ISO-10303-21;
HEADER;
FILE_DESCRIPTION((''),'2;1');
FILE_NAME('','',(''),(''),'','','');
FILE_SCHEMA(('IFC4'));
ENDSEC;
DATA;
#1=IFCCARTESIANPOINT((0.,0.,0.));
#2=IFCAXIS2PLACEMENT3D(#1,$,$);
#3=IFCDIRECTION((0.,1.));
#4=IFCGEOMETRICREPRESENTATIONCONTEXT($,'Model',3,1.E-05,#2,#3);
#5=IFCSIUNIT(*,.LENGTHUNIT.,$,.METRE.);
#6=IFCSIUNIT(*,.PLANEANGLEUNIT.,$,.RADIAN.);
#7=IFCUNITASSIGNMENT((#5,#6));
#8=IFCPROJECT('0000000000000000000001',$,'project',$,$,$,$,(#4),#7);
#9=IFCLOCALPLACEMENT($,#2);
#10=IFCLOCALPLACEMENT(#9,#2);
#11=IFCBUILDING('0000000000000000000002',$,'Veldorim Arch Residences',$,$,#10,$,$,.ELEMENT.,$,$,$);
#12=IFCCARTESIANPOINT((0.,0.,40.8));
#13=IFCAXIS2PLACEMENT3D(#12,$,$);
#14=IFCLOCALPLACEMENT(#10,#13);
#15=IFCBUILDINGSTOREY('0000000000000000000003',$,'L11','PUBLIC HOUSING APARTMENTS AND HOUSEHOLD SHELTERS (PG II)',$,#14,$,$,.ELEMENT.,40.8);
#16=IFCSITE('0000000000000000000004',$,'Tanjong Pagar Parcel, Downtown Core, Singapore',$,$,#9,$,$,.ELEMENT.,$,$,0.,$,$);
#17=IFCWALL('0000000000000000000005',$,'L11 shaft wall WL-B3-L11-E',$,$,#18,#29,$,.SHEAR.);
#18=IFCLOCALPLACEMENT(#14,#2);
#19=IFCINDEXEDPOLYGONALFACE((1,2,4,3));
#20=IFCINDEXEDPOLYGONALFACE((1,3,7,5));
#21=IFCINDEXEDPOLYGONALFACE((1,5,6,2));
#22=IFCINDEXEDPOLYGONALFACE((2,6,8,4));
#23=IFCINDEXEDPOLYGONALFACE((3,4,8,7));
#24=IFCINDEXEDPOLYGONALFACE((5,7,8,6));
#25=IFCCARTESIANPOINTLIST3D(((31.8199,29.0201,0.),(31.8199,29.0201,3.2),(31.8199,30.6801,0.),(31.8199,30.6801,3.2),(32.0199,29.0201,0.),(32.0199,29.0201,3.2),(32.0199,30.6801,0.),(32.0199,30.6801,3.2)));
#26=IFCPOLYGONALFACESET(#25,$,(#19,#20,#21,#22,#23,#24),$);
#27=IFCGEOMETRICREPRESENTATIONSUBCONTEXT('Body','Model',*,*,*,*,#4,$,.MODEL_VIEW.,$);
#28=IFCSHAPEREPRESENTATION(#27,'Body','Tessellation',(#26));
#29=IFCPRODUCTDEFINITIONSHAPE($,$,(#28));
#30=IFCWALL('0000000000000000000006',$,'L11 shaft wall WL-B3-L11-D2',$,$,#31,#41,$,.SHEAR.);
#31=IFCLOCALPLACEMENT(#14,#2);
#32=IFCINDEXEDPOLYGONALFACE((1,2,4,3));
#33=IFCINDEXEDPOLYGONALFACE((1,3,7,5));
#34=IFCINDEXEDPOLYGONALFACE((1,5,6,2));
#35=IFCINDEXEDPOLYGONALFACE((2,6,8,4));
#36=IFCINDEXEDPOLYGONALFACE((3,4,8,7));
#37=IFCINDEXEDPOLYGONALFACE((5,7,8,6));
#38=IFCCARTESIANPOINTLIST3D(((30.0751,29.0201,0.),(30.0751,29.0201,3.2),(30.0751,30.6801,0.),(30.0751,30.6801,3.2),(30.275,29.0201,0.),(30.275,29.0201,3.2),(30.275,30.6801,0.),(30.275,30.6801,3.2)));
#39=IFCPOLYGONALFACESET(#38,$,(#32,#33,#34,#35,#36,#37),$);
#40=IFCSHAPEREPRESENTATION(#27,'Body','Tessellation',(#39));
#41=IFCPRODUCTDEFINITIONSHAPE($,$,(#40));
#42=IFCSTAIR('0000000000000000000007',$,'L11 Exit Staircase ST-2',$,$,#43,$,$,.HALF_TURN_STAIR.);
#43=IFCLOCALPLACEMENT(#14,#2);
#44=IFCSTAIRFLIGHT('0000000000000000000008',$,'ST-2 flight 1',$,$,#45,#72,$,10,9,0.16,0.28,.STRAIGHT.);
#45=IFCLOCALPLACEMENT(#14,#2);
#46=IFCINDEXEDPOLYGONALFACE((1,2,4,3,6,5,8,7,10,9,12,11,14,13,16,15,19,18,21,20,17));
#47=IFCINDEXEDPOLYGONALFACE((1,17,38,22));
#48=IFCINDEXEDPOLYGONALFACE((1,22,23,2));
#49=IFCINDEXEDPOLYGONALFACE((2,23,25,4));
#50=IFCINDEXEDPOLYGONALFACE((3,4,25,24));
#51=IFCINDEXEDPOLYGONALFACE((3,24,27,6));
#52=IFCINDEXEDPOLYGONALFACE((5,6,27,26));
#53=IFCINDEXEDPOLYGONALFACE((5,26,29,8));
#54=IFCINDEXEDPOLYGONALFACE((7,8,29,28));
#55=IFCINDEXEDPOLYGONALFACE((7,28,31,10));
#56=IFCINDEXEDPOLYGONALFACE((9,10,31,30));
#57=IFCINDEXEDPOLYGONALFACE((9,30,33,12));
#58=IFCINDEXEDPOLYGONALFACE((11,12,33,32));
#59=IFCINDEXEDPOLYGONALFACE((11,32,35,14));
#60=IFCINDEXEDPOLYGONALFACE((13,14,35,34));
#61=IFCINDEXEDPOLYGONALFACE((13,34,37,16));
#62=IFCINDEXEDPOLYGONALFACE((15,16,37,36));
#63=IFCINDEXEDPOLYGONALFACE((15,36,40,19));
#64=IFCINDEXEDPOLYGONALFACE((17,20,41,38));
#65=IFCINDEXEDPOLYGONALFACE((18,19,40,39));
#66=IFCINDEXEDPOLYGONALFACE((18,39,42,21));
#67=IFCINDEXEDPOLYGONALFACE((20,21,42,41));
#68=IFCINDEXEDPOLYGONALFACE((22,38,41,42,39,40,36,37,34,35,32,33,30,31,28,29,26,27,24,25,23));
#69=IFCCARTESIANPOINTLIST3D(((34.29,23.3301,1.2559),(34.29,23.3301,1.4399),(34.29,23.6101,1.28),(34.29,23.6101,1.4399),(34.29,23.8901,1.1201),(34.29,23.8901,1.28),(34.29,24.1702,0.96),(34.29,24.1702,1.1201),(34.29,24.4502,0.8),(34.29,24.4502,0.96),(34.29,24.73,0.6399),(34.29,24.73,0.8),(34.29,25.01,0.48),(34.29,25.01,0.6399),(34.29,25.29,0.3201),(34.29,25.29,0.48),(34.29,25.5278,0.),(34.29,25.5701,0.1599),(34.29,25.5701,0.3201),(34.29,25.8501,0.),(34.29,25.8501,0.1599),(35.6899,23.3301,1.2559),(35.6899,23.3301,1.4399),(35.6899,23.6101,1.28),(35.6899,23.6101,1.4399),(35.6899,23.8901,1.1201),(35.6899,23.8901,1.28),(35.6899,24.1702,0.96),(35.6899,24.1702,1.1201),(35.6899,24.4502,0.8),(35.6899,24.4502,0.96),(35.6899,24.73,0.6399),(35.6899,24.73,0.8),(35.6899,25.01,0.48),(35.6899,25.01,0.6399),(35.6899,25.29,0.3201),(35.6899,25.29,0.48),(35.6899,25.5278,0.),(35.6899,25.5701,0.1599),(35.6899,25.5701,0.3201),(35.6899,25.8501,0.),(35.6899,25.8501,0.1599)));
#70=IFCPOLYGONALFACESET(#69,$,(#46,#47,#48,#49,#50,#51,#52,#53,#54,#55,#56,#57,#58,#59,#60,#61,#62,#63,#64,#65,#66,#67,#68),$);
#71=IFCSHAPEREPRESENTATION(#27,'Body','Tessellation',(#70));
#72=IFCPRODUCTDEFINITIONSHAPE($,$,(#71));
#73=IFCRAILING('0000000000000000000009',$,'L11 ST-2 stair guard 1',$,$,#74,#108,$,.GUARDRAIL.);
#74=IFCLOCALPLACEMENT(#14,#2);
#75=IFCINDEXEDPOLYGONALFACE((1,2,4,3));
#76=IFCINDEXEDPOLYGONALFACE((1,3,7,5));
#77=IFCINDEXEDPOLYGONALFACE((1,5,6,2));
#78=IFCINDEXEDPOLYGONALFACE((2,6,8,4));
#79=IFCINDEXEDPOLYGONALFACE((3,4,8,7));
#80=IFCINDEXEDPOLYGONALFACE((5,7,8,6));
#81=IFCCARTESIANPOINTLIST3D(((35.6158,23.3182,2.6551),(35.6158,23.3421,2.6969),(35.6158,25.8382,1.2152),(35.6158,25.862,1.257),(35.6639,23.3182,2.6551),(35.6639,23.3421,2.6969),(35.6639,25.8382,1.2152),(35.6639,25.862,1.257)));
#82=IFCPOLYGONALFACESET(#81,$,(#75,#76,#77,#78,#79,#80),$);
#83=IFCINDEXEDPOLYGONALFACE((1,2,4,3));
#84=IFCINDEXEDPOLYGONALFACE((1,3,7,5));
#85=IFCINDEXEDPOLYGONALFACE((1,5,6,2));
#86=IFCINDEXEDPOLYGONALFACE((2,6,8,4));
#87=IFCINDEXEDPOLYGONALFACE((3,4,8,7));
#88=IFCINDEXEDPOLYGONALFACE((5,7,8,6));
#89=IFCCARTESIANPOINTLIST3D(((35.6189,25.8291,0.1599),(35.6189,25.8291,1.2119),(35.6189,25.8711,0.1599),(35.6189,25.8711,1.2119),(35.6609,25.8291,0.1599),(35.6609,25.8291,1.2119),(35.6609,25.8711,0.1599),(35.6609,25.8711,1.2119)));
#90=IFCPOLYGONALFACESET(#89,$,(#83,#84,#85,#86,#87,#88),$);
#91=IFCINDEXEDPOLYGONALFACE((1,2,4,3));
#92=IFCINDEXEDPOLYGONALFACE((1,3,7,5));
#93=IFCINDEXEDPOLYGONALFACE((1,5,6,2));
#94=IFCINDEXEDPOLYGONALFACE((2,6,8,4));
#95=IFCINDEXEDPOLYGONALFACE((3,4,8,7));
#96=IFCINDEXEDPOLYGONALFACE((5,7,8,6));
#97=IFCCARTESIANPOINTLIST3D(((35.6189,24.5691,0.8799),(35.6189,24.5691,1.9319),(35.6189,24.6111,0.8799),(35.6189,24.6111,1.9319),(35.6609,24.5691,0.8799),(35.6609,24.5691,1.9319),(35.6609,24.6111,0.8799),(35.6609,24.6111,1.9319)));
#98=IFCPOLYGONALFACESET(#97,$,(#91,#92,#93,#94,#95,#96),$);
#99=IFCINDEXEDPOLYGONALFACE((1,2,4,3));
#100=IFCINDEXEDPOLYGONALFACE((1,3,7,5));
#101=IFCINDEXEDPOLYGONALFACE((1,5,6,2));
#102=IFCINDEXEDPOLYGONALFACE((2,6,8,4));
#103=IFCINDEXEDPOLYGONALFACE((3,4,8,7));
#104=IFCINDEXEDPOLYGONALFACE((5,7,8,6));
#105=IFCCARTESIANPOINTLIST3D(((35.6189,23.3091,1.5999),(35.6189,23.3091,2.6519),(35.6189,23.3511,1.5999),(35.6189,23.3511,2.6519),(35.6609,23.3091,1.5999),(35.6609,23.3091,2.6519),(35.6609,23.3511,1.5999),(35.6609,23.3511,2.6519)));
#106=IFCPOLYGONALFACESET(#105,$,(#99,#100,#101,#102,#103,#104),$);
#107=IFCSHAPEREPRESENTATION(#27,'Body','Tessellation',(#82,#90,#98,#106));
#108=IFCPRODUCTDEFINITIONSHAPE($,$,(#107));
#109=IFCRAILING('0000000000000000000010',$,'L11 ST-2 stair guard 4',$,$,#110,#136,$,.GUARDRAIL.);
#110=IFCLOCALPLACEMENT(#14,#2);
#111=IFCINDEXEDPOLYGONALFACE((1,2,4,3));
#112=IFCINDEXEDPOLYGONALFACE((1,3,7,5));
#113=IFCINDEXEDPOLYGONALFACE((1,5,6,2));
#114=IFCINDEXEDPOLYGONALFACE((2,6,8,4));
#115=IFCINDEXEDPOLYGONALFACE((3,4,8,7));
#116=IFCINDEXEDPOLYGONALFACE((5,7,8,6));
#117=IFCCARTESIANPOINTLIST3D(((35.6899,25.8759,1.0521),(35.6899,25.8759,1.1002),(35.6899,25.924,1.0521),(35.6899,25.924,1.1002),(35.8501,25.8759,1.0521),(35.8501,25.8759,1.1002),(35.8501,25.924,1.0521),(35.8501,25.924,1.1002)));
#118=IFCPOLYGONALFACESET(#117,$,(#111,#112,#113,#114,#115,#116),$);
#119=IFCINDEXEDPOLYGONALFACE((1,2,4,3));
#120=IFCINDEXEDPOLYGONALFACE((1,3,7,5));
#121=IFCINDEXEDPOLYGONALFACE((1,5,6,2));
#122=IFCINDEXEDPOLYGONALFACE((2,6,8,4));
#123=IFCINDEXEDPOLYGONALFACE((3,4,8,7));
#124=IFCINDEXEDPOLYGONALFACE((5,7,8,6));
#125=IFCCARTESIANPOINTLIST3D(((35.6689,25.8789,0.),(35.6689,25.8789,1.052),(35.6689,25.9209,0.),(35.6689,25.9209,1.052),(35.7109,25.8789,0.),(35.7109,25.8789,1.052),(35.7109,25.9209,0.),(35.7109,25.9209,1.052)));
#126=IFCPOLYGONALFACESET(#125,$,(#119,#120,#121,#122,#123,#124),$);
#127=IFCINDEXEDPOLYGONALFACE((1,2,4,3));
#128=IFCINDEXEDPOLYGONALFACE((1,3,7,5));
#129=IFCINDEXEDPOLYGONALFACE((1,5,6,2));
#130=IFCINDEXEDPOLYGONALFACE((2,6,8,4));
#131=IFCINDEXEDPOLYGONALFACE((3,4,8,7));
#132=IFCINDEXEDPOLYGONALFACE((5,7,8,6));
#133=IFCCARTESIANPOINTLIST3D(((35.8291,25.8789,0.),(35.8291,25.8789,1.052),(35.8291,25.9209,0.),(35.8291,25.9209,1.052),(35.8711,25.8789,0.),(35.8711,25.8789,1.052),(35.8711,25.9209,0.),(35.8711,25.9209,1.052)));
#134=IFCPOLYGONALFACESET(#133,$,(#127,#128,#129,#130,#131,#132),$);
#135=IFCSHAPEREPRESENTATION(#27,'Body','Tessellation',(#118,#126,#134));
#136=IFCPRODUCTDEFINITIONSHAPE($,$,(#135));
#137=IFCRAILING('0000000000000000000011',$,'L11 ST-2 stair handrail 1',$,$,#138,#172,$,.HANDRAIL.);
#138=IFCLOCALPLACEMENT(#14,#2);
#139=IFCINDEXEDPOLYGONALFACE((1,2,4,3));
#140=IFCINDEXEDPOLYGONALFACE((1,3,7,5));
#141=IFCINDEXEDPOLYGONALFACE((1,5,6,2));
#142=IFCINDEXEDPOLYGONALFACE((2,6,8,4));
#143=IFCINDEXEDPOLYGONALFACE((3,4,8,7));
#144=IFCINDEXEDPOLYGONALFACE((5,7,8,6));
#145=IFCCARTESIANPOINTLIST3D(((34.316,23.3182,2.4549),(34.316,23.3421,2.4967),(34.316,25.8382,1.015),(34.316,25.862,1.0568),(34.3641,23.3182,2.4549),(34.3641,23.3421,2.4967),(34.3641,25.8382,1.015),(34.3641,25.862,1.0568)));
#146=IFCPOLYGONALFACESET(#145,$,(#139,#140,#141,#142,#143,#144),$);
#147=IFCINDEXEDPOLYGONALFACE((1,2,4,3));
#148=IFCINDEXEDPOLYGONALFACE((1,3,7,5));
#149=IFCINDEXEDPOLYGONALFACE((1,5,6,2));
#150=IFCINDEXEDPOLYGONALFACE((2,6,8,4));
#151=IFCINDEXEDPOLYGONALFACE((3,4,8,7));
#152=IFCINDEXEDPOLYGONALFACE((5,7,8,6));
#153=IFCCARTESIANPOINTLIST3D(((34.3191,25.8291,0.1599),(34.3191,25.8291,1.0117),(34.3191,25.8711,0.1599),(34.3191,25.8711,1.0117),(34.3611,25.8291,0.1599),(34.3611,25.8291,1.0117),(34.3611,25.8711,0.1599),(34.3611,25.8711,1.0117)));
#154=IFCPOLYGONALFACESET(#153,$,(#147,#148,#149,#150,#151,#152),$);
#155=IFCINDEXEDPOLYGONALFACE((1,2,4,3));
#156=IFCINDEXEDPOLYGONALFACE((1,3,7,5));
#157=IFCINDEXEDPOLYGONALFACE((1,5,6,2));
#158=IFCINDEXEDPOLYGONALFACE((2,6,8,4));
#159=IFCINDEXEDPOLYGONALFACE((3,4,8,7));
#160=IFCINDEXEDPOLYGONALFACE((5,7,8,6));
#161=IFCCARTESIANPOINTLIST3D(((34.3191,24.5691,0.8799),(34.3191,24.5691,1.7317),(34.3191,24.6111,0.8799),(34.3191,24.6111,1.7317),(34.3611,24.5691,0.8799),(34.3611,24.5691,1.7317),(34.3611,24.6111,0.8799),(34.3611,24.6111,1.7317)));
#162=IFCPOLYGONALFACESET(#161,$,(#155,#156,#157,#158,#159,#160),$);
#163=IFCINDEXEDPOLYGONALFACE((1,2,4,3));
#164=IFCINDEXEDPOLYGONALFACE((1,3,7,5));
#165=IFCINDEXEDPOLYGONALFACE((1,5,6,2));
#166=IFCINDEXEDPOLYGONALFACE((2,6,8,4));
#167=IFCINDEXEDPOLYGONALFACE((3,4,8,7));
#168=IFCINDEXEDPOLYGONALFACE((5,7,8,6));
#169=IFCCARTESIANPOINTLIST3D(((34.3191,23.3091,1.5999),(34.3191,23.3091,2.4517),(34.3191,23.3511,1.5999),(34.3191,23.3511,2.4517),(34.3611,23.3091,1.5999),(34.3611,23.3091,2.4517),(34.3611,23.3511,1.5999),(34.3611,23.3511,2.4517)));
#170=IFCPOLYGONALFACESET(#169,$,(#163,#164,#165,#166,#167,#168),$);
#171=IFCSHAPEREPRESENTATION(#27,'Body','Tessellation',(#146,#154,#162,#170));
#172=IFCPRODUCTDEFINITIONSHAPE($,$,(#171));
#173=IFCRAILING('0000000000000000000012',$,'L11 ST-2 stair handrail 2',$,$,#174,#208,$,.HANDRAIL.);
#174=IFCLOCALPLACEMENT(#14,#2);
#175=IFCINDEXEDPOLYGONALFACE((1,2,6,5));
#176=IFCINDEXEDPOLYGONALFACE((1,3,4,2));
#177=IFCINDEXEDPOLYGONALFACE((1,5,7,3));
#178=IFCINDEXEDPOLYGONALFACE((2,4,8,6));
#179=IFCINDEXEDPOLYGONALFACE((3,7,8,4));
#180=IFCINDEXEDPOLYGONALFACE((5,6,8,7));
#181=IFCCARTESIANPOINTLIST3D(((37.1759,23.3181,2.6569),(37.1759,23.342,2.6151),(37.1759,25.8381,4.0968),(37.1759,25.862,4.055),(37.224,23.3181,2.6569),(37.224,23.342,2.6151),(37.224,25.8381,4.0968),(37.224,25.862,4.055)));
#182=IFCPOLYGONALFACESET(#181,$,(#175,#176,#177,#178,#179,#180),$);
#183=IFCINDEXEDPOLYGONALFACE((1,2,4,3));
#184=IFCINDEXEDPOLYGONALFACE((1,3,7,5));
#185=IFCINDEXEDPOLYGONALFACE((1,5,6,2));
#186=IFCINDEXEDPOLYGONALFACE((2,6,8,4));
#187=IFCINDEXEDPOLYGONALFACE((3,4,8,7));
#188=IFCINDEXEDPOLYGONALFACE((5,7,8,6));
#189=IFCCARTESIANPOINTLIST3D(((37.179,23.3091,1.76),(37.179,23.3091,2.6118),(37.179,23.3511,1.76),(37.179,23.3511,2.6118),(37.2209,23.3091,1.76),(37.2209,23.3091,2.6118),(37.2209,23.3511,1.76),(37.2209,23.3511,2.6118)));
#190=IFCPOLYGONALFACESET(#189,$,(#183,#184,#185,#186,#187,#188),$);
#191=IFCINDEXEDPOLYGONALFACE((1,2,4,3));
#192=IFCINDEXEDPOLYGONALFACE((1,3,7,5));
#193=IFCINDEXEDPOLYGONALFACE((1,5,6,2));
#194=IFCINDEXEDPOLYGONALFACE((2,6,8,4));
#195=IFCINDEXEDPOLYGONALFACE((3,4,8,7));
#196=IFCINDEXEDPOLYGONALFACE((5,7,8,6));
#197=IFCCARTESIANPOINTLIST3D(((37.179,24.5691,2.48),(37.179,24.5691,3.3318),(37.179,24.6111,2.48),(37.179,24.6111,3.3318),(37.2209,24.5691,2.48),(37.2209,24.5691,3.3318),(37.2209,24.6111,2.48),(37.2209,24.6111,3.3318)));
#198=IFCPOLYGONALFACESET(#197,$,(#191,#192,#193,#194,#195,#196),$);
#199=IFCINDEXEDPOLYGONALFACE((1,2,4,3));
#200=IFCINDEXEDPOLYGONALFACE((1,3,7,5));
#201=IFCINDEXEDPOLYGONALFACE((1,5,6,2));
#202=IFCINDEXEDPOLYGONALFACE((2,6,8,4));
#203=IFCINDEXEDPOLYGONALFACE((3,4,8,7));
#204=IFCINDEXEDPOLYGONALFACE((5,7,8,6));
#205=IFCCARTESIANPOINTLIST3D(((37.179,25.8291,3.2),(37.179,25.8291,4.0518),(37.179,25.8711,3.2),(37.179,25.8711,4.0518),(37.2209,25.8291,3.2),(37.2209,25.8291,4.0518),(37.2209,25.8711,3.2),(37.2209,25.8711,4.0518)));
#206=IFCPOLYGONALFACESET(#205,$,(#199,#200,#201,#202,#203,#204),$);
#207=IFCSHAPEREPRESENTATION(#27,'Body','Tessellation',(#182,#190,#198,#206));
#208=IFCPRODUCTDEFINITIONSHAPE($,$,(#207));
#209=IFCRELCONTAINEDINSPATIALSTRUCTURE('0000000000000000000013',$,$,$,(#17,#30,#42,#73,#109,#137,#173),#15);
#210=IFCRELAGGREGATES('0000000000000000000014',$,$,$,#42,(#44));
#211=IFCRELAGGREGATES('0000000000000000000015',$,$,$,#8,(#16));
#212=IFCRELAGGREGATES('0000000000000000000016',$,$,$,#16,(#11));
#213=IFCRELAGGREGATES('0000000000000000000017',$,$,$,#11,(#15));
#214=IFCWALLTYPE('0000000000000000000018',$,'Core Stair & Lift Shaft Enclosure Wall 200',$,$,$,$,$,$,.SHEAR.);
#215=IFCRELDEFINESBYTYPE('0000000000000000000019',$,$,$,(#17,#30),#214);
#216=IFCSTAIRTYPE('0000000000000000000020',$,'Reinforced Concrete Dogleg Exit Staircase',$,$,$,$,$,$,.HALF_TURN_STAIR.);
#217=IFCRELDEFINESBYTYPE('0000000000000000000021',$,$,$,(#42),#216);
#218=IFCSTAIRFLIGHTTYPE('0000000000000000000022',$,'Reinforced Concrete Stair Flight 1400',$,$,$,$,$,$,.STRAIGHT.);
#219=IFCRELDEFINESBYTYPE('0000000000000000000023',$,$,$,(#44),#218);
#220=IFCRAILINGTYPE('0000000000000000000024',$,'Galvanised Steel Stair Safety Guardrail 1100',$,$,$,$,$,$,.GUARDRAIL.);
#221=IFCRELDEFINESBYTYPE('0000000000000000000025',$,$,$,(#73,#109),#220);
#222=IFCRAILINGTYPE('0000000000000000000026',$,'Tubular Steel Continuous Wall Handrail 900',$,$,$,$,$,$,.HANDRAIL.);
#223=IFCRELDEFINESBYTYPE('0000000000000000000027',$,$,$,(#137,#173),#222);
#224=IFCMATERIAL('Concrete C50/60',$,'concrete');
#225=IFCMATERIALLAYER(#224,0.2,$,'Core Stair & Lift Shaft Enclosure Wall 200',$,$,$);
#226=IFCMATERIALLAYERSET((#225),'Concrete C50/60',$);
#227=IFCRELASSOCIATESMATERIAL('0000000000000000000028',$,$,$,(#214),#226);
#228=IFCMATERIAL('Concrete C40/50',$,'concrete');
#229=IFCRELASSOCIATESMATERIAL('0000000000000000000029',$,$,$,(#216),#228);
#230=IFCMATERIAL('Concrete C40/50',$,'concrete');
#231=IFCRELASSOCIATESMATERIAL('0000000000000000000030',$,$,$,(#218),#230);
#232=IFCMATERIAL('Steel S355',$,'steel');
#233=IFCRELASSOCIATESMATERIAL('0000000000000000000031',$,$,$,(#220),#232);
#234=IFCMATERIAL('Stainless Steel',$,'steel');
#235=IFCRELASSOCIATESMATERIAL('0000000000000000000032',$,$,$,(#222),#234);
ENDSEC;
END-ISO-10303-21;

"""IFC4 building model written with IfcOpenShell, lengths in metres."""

from ifc_helpers import new_model, si_unit, direction, frame, frame_2d, origin, origin_2d, place, context, subcontext, project, spatial, polyline, rectangle, outline, extrude, material, layer, layer_set, type_object, element, aggregate, save


model = new_model("IFC4")

# Units and contexts
model_context = context("Model", 3, precision=1e-05, world=origin(), true_north=direction((0.0, 1.0)))
body_context = subcontext(model_context, "Body", "Model", "MODEL_VIEW")
ifc_project = project(units=[si_unit("LENGTHUNIT", "METRE"), si_unit("PLANEANGLEUNIT", "RADIAN")], contexts=[model_context])

# Site, building, storey
site_placement = place(None, origin())
site = spatial("IfcSite", under=ifc_project, at=site_placement, Name="Tanjong Pagar Parcel, Downtown Core, Singapore", CompositionType="ELEMENT", RefElevation=0.0)
building_placement = place(site_placement, origin())
building = spatial("IfcBuilding", under=site, at=building_placement, Name="Veldorim Arch Residences", CompositionType="ELEMENT")
storey_placement = place(building_placement, frame((0.0, 0.0, 40.8)))
storey = spatial("IfcBuildingStorey", under=building, at=storey_placement, Name="L11", Description="PUBLIC HOUSING APARTMENTS AND HOUSEHOLD SHELTERS (PG II)", CompositionType="ELEMENT", Elevation=40.8)

# Shared definitions
ifc_material_1 = material(Name="Concrete C50/60", Category="concrete")
ifc_layer_1 = layer(ifc_material_1, 0.2, Name="Core Stair & Lift Shaft Enclosure Wall 200")
ifc_layer_set_1 = layer_set([ifc_layer_1], Name="Concrete C50/60")
wall_type_1 = type_object("IfcWallType", Name="Core Stair & Lift Shaft Enclosure Wall 200", PredefinedType="SHEAR", material=ifc_layer_set_1)

# Walls
for number, where, z_axis, x_axis, name in (
    (1, (31.9199, 29.02, 0.0), (0.0, 0.0, 1.0), (0.0, 1.0, 0.0), "L11 shaft wall WL-B3-L11-E"),
    (2, (30.175, 29.02, 0.0), (0.0, 0.0, 1.0), (0.0, 1.0, 0.0), "L11 shaft wall WL-B3-L11-D2"),
):
    element("IfcWall", number, at=place(storey_placement, frame(where, z_axis=z_axis, x_axis=x_axis)), inside=storey, type_object=wall_type_1, Name=name, PredefinedType="SHEAR", context=body_context, shape_type="SweptSolid", body=[
        extrude(rectangle(XDim=1.6599, YDim=0.2, at=frame_2d((0.8301, 0.0))), origin(), (0.0, 0.0, 1.0), 3.2),
    ])

# Stair, stair flight
ifc_material_2 = material(Name="Concrete C40/50", Category="concrete")
stair_type = type_object("IfcStairType", Name="Reinforced Concrete Dogleg Exit Staircase", PredefinedType="HALF_TURN_STAIR", material=ifc_material_2)
stair_placement = place(storey_placement, origin())
stair = element("IfcStair", 3, at=stair_placement, inside=storey, type_object=stair_type, Name="L11 Exit Staircase ST-2", PredefinedType="HALF_TURN_STAIR")
ifc_material_3 = material(Name="Concrete C40/50", Category="concrete")
stair_flight_type = type_object("IfcStairFlightType", Name="Reinforced Concrete Stair Flight 1400", PredefinedType="STRAIGHT", material=ifc_material_3)
stair_flight_placement = place(storey_placement, frame((34.99, 25.8501, 0.0), z_axis=(0.0, 0.0, 1.0), x_axis=(0.0, -1.0, 0.0)))
stair_flight = element("IfcStairFlight", 4, at=stair_flight_placement, type_object=stair_flight_type, Name="ST-2 flight 1", NumberOfRisers=10, NumberOfTreads=9, PredefinedType="STRAIGHT", RiserHeight=0.16, TreadLength=0.28, context=body_context, shape_type="SweptSolid", body=[
    extrude(outline(polyline([(0.0, 0.0), (0.0, 0.1599), (0.28, 0.1599), (0.28, 0.3201), (0.5601, 0.3201), (0.5601, 0.48), (0.8401, 0.48), (0.8401, 0.6399), (1.1201, 0.6399), (1.1201, 0.8), (1.3999, 0.8), (1.3999, 0.96), (1.6799, 0.96), (1.6799, 1.1201), (1.96, 1.1201), (1.96, 1.28), (2.24, 1.28), (2.24, 1.4399), (2.52, 1.4399), (2.52, 1.6001), (2.52, 1.2559), (0.3223, 0.0), (0.0, 0.0)])), frame((0.0, 0.7, 0.0), z_axis=(0.0, -1.0, 0.0), x_axis=(1.0, 0.0, 0.0)), (0.0, 0.0, 1.0), 1.3999),
])
aggregate(stair, [stair_flight])

# Railings
ifc_material_4 = material(Name="Steel S355", Category="steel")
railing_type_1 = type_object("IfcRailingType", Name="Galvanised Steel Stair Safety Guardrail 1100", PredefinedType="GUARDRAIL", material=ifc_material_4)
railing_1_placement = place(storey_placement, frame((35.6399, 25.8501, 0.1599)))
element("IfcRailing", 5, at=railing_1_placement, inside=storey, type_object=railing_type_1, Name="L11 ST-2 stair guard 1", PredefinedType="GUARDRAIL", context=body_context, shape_type="SweptSolid", body=[
    extrude(rectangle(XDim=0.0481, YDim=0.0481, at=origin_2d()), frame((0.0, 0.0, 1.0762), z_axis=(0.0, -0.868253, 0.496121), x_axis=(1.0, 0.0, 0.0)), (0.0, 0.0, 1.0), 2.9023),
    extrude(rectangle(XDim=0.042, YDim=0.042, at=origin_2d()), origin(), (0.0, 0.0, 1.0), 1.052),
    extrude(rectangle(XDim=0.042, YDim=0.042, at=origin_2d()), frame((0.0, -1.26, 0.72)), (0.0, 0.0, 1.0), 1.052),
    extrude(rectangle(XDim=0.042, YDim=0.042, at=origin_2d()), frame((0.0, -2.52, 1.4399)), (0.0, 0.0, 1.0), 1.052),
])
railing_2_placement = place(storey_placement, frame((35.6899, 25.8999, 0.0)))
element("IfcRailing", 6, at=railing_2_placement, inside=storey, type_object=railing_type_1, Name="L11 ST-2 stair guard 4", PredefinedType="GUARDRAIL", context=body_context, shape_type="SweptSolid", body=[
    extrude(rectangle(XDim=0.0481, YDim=0.0481, at=origin_2d()), frame((0.0, 0.0, 1.0762), z_axis=(1.0, 0.0, 0.0), x_axis=(0.0, 1.0, 0.0)), (0.0, 0.0, 1.0), 0.1602),
    extrude(rectangle(XDim=0.042, YDim=0.042, at=origin_2d()), origin(), (0.0, 0.0, 1.0), 1.052),
    extrude(rectangle(XDim=0.042, YDim=0.042, at=origin_2d()), frame((0.1602, 0.0, 0.0)), (0.0, 0.0, 1.0), 1.052),
])
ifc_material_5 = material(Name="Stainless Steel", Category="steel")
railing_type_2 = type_object("IfcRailingType", Name="Tubular Steel Continuous Wall Handrail 900", PredefinedType="HANDRAIL", material=ifc_material_5)
railing_3_placement = place(storey_placement, frame((34.3401, 25.8501, 0.1599)))
element("IfcRailing", 7, at=railing_3_placement, inside=storey, type_object=railing_type_2, Name="L11 ST-2 stair handrail 1", PredefinedType="HANDRAIL", context=body_context, shape_type="SweptSolid", body=[
    extrude(rectangle(XDim=0.0481, YDim=0.0481, at=origin_2d()), frame((0.0, 0.0, 0.876), z_axis=(0.0, -0.868253, 0.496121), x_axis=(1.0, 0.0, 0.0)), (0.0, 0.0, 1.0), 2.9023),
    extrude(rectangle(XDim=0.042, YDim=0.042, at=origin_2d()), origin(), (0.0, 0.0, 1.0), 0.8518),
    extrude(rectangle(XDim=0.042, YDim=0.042, at=origin_2d()), frame((0.0, -1.26, 0.72)), (0.0, 0.0, 1.0), 0.8518),
    extrude(rectangle(XDim=0.042, YDim=0.042, at=origin_2d()), frame((0.0, -2.52, 1.4399)), (0.0, 0.0, 1.0), 0.8518),
])
railing_4_placement = place(storey_placement, frame((37.2, 23.3301, 1.76)))
element("IfcRailing", 8, at=railing_4_placement, inside=storey, type_object=railing_type_2, Name="L11 ST-2 stair handrail 2", PredefinedType="HANDRAIL", context=body_context, shape_type="SweptSolid", body=[
    extrude(rectangle(XDim=0.0481, YDim=0.0481, at=origin_2d()), frame((0.0, 0.0, 0.876), z_axis=(0.0, 0.868253, 0.496121), x_axis=(-1.0, 0.0, 0.0)), (0.0, 0.0, 1.0), 2.9023),
    extrude(rectangle(XDim=0.042, YDim=0.042, at=origin_2d()), origin(), (0.0, 0.0, 1.0), 0.8518),
    extrude(rectangle(XDim=0.042, YDim=0.042, at=origin_2d()), frame((0.0, 1.26, 0.72)), (0.0, 0.0, 1.0), 0.8518),
    extrude(rectangle(XDim=0.042, YDim=0.042, at=origin_2d()), frame((0.0, 2.52, 1.4399)), (0.0, 0.0, 1.0), 0.8518),
])

save(model, "model.ifc")
